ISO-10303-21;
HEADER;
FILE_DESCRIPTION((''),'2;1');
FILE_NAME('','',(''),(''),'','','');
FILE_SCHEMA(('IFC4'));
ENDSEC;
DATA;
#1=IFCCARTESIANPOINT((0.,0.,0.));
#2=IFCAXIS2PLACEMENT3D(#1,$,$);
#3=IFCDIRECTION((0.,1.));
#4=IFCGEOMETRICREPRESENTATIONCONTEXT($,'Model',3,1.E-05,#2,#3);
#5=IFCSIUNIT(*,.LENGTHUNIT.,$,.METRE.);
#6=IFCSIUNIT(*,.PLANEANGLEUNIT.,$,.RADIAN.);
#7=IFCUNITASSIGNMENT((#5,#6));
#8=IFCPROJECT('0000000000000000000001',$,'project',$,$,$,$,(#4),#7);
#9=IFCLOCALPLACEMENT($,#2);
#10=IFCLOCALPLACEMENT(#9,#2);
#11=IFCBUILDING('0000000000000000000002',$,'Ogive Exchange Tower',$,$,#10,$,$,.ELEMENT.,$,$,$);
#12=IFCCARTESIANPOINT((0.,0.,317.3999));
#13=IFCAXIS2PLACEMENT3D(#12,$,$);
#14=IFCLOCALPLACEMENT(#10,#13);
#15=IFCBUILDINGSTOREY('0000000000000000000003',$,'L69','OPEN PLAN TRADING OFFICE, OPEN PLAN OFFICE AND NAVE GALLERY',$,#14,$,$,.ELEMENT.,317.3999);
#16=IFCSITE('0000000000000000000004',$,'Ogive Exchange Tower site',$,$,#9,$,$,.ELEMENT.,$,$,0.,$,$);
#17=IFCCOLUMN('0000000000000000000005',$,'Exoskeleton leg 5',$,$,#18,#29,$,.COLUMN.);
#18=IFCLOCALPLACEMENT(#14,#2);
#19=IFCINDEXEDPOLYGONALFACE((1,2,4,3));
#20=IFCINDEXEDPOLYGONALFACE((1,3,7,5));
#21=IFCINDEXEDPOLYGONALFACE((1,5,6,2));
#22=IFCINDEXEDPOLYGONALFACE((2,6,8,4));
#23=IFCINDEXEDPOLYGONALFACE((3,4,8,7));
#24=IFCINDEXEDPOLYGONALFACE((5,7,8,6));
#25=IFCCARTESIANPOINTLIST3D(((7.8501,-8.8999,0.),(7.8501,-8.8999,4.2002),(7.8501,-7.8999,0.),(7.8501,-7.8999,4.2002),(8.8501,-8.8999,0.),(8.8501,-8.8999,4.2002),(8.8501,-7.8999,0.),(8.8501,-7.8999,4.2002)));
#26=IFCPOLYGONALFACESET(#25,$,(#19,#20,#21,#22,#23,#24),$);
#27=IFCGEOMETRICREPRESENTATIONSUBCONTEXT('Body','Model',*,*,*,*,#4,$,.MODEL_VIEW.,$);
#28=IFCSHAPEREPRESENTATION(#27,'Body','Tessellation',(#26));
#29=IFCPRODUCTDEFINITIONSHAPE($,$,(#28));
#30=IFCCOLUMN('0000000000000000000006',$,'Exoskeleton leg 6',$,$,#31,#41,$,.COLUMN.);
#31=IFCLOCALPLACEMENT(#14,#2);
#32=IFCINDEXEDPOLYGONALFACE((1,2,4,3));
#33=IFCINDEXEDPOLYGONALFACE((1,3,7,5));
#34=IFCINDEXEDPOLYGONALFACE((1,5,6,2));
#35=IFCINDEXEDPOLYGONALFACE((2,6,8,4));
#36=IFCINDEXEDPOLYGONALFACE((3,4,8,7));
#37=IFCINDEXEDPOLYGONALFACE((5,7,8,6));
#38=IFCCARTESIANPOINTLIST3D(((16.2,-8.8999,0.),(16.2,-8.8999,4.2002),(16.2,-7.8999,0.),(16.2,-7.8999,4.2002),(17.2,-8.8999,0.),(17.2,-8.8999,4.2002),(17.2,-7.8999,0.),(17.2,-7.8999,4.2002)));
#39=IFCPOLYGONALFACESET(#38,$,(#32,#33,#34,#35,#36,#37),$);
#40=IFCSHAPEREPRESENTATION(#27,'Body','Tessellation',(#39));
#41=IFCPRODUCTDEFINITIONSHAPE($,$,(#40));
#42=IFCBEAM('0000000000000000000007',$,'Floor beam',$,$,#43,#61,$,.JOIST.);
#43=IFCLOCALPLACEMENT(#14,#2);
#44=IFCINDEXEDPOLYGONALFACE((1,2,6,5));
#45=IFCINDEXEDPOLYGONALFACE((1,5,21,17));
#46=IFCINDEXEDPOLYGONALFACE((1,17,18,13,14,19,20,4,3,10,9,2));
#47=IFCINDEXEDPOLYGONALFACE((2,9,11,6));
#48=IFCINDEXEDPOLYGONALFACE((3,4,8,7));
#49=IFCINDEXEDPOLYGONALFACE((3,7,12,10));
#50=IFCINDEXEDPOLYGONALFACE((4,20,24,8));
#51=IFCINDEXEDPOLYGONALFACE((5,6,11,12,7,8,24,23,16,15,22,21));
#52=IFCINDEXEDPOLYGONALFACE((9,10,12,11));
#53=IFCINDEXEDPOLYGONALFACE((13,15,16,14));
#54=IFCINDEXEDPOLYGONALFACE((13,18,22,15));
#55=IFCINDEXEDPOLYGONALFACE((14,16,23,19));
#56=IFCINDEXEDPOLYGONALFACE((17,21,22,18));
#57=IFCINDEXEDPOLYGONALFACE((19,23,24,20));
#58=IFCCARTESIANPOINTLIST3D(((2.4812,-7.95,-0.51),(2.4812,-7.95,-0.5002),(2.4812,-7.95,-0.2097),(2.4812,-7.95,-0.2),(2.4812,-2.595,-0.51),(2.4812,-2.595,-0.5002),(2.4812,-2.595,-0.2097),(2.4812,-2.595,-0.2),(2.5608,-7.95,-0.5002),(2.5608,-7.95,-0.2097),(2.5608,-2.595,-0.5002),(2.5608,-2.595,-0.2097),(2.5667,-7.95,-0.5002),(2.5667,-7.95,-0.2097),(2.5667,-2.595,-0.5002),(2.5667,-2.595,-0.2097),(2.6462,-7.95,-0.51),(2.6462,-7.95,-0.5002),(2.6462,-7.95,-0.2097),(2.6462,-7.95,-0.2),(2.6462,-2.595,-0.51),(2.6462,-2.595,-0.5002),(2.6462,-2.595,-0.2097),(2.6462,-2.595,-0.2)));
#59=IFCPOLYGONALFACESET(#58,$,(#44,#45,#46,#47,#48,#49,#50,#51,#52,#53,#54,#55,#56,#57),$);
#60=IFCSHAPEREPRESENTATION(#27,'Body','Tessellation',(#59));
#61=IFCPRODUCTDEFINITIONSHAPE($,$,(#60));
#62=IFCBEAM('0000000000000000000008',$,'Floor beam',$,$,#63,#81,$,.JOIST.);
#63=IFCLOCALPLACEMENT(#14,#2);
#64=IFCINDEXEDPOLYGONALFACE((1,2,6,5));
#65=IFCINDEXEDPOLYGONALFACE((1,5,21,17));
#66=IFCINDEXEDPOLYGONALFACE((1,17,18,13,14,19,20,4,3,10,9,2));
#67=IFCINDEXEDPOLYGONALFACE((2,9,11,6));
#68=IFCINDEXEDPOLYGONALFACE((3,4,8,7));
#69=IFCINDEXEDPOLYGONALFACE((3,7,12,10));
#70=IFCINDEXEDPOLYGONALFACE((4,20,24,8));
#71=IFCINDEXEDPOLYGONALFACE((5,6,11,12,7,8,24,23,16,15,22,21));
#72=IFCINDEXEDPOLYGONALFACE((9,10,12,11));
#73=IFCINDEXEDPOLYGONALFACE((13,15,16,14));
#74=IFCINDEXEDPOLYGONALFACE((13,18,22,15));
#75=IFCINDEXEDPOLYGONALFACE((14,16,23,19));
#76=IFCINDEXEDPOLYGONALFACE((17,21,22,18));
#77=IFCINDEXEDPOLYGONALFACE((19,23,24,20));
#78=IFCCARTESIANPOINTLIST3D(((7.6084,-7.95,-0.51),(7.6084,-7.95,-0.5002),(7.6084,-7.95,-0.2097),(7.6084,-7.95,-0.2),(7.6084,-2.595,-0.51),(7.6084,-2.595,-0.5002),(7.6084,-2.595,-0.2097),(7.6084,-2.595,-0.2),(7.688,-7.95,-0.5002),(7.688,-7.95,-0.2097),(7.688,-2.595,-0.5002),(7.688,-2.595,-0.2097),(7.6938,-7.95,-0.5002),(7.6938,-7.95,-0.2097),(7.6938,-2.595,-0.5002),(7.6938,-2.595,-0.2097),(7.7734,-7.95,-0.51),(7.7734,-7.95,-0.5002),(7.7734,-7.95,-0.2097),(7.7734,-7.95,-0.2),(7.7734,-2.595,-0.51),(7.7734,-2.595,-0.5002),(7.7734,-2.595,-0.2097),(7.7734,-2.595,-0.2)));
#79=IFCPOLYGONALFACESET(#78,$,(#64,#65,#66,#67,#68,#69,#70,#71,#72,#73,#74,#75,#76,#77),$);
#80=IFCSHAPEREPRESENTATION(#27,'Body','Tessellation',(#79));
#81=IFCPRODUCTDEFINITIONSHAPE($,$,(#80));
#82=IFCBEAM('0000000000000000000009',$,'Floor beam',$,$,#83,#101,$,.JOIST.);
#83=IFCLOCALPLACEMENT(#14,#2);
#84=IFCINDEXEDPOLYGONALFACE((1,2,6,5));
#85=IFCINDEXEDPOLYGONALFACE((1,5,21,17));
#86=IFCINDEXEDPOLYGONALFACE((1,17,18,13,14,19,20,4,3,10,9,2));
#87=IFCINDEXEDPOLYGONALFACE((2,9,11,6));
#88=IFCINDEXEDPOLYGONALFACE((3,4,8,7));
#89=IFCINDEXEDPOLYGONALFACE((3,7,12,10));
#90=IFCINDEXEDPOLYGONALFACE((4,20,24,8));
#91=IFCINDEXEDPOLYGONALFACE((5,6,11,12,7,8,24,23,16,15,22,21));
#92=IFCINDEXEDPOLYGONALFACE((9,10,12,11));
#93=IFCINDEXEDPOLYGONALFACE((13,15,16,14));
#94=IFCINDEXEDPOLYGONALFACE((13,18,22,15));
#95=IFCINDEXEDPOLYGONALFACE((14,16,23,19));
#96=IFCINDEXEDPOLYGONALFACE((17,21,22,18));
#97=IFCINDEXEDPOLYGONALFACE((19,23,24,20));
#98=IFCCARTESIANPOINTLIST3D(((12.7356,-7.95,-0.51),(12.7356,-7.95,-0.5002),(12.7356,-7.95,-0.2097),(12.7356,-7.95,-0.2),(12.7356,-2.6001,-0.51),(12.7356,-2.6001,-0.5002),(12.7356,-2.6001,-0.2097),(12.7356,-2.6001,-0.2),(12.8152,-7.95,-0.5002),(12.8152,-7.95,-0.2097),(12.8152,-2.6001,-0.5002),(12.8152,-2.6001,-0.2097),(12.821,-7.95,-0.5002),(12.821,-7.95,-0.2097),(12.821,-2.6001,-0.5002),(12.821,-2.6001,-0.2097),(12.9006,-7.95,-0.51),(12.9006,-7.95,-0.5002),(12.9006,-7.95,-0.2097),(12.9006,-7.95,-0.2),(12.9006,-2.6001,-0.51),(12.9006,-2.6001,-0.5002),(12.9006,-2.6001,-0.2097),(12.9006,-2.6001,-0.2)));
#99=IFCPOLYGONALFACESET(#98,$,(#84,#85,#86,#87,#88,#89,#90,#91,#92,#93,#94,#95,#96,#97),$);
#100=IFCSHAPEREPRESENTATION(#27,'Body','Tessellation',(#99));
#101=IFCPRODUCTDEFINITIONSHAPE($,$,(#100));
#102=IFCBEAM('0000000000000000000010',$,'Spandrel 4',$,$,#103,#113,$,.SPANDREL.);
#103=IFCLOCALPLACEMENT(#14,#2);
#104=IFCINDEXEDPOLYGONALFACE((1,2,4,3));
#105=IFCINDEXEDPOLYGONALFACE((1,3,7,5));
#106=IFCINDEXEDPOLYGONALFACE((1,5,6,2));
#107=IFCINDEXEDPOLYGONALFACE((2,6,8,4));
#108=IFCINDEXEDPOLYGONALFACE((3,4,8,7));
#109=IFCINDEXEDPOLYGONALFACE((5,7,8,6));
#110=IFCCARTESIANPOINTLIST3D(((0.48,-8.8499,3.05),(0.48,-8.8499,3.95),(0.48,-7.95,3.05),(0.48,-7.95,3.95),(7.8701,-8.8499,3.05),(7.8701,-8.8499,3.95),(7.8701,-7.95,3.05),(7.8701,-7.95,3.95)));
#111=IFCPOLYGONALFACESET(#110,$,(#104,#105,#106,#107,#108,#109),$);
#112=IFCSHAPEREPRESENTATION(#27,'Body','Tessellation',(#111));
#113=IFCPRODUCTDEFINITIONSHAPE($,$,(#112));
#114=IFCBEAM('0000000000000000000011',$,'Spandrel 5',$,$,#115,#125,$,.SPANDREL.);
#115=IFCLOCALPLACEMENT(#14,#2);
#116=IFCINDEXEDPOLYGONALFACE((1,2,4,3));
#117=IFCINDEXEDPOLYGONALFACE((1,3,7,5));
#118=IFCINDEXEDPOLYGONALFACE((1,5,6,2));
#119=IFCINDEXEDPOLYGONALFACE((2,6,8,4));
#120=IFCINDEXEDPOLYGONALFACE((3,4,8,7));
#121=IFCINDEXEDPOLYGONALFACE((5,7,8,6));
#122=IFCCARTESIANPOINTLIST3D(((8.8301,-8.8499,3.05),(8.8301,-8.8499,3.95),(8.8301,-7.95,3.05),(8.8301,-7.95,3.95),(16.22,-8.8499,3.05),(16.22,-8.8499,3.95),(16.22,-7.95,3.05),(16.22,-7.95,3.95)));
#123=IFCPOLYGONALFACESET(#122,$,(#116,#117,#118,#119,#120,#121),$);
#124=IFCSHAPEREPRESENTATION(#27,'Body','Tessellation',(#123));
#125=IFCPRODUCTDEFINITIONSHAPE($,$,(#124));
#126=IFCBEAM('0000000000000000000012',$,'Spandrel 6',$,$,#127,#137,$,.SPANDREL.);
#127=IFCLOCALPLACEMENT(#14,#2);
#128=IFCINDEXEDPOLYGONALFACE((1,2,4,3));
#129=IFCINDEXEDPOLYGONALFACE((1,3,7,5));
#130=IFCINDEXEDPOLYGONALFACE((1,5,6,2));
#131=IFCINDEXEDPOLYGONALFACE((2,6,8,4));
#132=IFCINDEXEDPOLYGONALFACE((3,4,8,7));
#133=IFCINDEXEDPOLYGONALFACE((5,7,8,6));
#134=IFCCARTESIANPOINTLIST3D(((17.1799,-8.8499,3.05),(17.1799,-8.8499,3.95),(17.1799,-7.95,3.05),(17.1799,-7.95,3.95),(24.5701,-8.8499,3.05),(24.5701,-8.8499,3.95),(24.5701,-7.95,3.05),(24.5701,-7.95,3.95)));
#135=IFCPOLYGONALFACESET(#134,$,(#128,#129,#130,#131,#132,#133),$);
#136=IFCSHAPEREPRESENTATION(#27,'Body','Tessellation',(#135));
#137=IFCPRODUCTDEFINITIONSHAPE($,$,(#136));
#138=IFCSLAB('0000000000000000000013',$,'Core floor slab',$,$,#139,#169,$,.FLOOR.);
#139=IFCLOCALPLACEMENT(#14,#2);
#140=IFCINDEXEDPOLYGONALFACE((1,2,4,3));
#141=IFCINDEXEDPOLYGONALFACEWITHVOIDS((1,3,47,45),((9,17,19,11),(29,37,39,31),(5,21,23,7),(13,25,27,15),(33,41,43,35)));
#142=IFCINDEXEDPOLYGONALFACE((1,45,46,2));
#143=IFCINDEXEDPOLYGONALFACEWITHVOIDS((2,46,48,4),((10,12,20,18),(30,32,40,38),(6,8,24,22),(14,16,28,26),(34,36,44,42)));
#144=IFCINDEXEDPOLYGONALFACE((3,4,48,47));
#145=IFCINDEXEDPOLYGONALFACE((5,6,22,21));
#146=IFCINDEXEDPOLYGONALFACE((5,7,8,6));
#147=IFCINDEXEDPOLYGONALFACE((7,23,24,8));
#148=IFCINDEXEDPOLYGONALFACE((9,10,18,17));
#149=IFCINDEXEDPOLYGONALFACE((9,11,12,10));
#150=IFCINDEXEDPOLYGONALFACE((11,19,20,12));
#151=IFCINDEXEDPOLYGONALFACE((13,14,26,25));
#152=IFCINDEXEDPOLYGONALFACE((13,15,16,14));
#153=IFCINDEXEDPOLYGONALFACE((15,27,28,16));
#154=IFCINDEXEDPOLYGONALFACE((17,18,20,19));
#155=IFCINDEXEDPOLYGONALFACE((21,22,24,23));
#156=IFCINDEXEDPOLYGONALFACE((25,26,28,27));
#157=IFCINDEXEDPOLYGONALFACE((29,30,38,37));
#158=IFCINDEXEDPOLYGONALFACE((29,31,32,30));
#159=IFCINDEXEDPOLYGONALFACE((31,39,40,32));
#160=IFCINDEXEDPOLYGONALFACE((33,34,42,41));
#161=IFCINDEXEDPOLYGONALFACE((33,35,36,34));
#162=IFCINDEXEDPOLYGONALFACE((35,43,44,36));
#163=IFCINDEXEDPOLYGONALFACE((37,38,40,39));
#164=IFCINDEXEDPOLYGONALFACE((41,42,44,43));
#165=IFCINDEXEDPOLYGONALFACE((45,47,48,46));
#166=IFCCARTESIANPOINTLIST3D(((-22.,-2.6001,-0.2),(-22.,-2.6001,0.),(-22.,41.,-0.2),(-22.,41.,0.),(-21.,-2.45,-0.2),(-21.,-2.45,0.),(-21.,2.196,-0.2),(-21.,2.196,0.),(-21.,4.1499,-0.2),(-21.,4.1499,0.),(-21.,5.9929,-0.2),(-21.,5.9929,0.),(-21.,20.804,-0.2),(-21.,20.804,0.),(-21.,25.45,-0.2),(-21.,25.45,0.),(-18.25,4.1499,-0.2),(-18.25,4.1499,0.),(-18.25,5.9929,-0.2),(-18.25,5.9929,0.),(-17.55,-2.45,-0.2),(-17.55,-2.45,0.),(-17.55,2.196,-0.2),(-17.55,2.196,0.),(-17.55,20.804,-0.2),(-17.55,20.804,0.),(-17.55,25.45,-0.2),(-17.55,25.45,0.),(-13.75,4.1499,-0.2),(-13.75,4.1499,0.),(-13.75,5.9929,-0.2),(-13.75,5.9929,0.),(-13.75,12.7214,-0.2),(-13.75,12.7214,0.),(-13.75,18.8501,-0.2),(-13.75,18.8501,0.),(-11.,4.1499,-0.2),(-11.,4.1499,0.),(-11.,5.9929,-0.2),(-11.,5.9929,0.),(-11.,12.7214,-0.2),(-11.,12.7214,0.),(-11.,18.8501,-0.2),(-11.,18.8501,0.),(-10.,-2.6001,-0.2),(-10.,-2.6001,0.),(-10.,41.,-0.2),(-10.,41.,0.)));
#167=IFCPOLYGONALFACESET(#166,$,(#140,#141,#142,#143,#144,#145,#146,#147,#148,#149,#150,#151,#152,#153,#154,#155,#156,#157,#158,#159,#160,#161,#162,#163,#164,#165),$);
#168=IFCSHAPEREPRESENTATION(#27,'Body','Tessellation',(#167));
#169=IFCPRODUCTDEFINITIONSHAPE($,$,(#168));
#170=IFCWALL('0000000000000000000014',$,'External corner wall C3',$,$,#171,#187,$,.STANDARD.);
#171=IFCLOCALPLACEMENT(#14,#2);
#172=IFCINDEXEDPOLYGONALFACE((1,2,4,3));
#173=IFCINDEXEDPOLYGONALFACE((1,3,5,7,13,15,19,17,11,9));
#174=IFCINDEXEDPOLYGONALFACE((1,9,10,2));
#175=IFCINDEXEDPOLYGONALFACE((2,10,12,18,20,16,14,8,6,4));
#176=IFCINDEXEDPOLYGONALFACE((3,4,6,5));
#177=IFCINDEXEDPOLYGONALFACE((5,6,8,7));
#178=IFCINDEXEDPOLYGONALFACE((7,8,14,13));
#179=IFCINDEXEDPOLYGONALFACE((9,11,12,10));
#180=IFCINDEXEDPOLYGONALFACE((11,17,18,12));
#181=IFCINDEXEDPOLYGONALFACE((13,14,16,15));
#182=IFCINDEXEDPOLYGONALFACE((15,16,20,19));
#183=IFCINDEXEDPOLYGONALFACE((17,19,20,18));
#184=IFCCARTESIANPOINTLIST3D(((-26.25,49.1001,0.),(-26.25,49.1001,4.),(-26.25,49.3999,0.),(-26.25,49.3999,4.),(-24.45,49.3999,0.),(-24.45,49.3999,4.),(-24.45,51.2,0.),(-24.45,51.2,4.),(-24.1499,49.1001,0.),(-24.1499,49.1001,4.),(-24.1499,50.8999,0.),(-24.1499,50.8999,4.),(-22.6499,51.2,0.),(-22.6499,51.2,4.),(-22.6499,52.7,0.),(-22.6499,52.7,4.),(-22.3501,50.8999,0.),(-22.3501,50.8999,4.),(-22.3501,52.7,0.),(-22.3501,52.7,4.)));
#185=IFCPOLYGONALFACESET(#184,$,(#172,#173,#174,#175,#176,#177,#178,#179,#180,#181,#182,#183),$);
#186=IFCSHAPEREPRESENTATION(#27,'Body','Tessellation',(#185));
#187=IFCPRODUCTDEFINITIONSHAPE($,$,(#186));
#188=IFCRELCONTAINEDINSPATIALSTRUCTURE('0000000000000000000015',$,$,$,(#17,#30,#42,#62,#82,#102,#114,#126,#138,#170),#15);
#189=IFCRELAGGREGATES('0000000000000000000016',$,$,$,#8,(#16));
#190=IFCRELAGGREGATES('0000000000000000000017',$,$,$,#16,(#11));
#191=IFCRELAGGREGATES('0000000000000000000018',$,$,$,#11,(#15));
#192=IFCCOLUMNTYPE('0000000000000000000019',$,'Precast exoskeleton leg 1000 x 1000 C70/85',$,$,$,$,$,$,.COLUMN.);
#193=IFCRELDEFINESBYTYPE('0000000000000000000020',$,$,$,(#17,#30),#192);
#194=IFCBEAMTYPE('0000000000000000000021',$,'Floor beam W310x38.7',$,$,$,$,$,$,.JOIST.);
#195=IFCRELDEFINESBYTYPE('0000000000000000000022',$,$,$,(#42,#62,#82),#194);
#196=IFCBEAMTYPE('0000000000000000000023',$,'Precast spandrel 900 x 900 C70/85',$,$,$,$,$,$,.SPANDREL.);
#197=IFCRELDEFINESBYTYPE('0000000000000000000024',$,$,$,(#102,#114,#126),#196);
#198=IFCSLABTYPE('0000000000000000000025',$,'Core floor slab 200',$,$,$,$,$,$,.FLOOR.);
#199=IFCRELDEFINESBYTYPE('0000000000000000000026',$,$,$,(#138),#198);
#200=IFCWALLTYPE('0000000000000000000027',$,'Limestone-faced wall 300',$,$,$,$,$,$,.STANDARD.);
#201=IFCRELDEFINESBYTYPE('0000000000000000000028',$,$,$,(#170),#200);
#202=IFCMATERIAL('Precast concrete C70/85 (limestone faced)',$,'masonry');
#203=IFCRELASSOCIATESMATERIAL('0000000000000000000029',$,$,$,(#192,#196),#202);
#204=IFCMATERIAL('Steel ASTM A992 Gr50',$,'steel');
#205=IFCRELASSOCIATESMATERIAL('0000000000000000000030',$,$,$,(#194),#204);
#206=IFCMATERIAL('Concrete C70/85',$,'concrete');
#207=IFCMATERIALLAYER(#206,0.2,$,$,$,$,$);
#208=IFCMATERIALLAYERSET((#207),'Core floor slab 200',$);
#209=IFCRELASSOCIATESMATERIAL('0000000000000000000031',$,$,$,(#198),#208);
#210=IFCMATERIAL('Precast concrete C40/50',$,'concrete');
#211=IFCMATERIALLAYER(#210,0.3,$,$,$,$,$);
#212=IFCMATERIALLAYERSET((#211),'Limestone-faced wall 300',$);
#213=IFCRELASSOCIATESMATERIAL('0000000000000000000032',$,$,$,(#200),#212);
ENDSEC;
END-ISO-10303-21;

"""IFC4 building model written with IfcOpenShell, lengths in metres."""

from ifc_helpers import new_model, si_unit, direction, frame, origin, origin_2d, place, context, subcontext, project, spatial, polyline, rectangle, i_section, outline, extrude, material, layer, layer_set, material_profile, profile_set, type_object, element, save


model = new_model("IFC4")

# Units and contexts
model_context = context("Model", 3, precision=1e-05, world=origin(), true_north=direction((0.0, 1.0)))
body_context = subcontext(model_context, "Body", "Model", "MODEL_VIEW")
ifc_project = project(units=[si_unit("LENGTHUNIT", "METRE"), si_unit("PLANEANGLEUNIT", "RADIAN")], contexts=[model_context])

# Site, building, storey
site_placement = place(None, origin())
site = spatial("IfcSite", under=ifc_project, at=site_placement, Name="Ogive Exchange Tower site", CompositionType="ELEMENT", RefElevation=0.0)
building_placement = place(site_placement, origin())
building = spatial("IfcBuilding", under=site, at=building_placement, Name="Ogive Exchange Tower", CompositionType="ELEMENT")
storey_placement = place(building_placement, frame((0.0, 0.0, 317.3999)))
storey = spatial("IfcBuildingStorey", under=building, at=storey_placement, Name="L69", Description="OPEN PLAN TRADING OFFICE, OPEN PLAN OFFICE AND NAVE GALLERY", CompositionType="ELEMENT", Elevation=317.3999)

# Columns
ifc_material_1 = material(Name="Precast concrete C70/85 (limestone faced)", Category="masonry")
ifc_material_profile_1 = material_profile(ifc_material_1, rectangle(XDim=1.0, YDim=1.0, at=origin_2d()), Name="1000 x 1000")
ifc_profile_set_1 = profile_set([ifc_material_profile_1], Name="Precast concrete C70/85 (limestone faced)")
column_type = type_object("IfcColumnType", Name="Precast exoskeleton leg 1000 x 1000 C70/85", PredefinedType="COLUMN", material=ifc_profile_set_1)
for number, where, z_axis, x_axis, name in (
    (1, (8.3501, -8.3999, 0.0), (0.0, 0.0, 1.0), (1.0, 0.0, 0.0), "Exoskeleton leg 5"),
    (2, (16.7, -8.3999, 0.0), (0.0, 0.0, 1.0), (1.0, 0.0, 0.0), "Exoskeleton leg 6"),
):
    element("IfcColumn", number, at=place(storey_placement, frame(where, z_axis=z_axis, x_axis=x_axis)), inside=storey, type_object=column_type, Name=name, PredefinedType="COLUMN", context=body_context, shape_type="SweptSolid", body=[
        extrude(rectangle(XDim=1.0, YDim=1.0, at=origin_2d()), origin(), (0.0, 0.0, 1.0), 4.2002),
    ])

# Beams
ifc_material_2 = material(Name="Steel ASTM A992 Gr50", Category="steel")
ifc_material_profile_2 = material_profile(ifc_material_2, i_section(OverallWidth=0.165, OverallDepth=0.3101, WebThickness=0.0059, FlangeThickness=0.0098, at=origin_2d()), Name="W310x38.7")
ifc_profile_set_2 = profile_set([ifc_material_profile_2], Name="Steel ASTM A992 Gr50")
beam_type_1 = type_object("IfcBeamType", Name="Floor beam W310x38.7", PredefinedType="JOIST", material=ifc_profile_set_2)
for number, where, z_axis, x_axis, name in (
    (3, (2.5637, -7.95, -0.355), (0.0, 1.0, 0.0), (-1.0, 0.0, 0.0), "Floor beam"),
    (4, (7.6909, -7.95, -0.355), (0.0, 1.0, 0.0), (-1.0, 0.0, 0.0), "Floor beam"),
):
    element("IfcBeam", number, at=place(storey_placement, frame(where, z_axis=z_axis, x_axis=x_axis)), inside=storey, type_object=beam_type_1, Name=name, PredefinedType="JOIST", context=body_context, shape_type="SweptSolid", body=[
        extrude(i_section(OverallWidth=0.165, OverallDepth=0.3101, WebThickness=0.0059, FlangeThickness=0.0098, at=origin_2d()), origin(), (0.0, 0.0, 1.0), 5.355),
    ])
beam_1_placement = place(storey_placement, frame((12.8181, -7.95, -0.355), z_axis=(0.0, 1.0, 0.0), x_axis=(-1.0, 0.0, 0.0)))
element("IfcBeam", 5, at=beam_1_placement, inside=storey, type_object=beam_type_1, Name="Floor beam", PredefinedType="JOIST", context=body_context, shape_type="SweptSolid", body=[
    extrude(i_section(OverallWidth=0.165, OverallDepth=0.3101, WebThickness=0.0059, FlangeThickness=0.0098, at=origin_2d()), origin(), (0.0, 0.0, 1.0), 5.3499),
])
ifc_material_profile_3 = material_profile(ifc_material_1, rectangle(XDim=0.8999, YDim=0.8999, at=origin_2d()), Name="900 x 900")
ifc_profile_set_3 = profile_set([ifc_material_profile_3], Name="Precast concrete C70/85 (limestone faced)")
beam_type_2 = type_object("IfcBeamType", Name="Precast spandrel 900 x 900 C70/85", PredefinedType="SPANDREL", material=ifc_profile_set_3)
beam_2_placement = place(storey_placement, frame((0.48, -8.3999, 3.5), z_axis=(1.0, 0.0, 0.0), x_axis=(0.0, 1.0, 0.0)))
element("IfcBeam", 6, at=beam_2_placement, inside=storey, type_object=beam_type_2, Name="Spandrel 4", PredefinedType="SPANDREL", context=body_context, shape_type="SweptSolid", body=[
    extrude(rectangle(XDim=0.8999, YDim=0.8999, at=origin_2d()), origin(), (0.0, 0.0, 1.0), 7.3901),
])
beam_3_placement = place(storey_placement, frame((8.8301, -8.3999, 3.5), z_axis=(1.0, 0.0, 0.0), x_axis=(0.0, 1.0, 0.0)))
element("IfcBeam", 7, at=beam_3_placement, inside=storey, type_object=beam_type_2, Name="Spandrel 5", PredefinedType="SPANDREL", context=body_context, shape_type="SweptSolid", body=[
    extrude(rectangle(XDim=0.8999, YDim=0.8999, at=origin_2d()), origin(), (0.0, 0.0, 1.0), 7.3899),
])
beam_4_placement = place(storey_placement, frame((17.1799, -8.3999, 3.5), z_axis=(1.0, 0.0, 0.0), x_axis=(0.0, 1.0, 0.0)))
element("IfcBeam", 8, at=beam_4_placement, inside=storey, type_object=beam_type_2, Name="Spandrel 6", PredefinedType="SPANDREL", context=body_context, shape_type="SweptSolid", body=[
    extrude(rectangle(XDim=0.8999, YDim=0.8999, at=origin_2d()), origin(), (0.0, 0.0, 1.0), 7.3901),
])

# Slab
ifc_material_3 = material(Name="Concrete C70/85", Category="concrete")
ifc_layer_1 = layer(ifc_material_3, 0.2)
ifc_layer_set_1 = layer_set([ifc_layer_1], Name="Core floor slab 200")
slab_type = type_object("IfcSlabType", Name="Core floor slab 200", PredefinedType="FLOOR", material=ifc_layer_set_1)
slab_placement = place(storey_placement, frame((0.0, 0.0, -0.2)))
element("IfcSlab", 9, at=slab_placement, inside=storey, type_object=slab_type, Name="Core floor slab", PredefinedType="FLOOR", context=body_context, shape_type="SweptSolid", body=[
    extrude(outline(polyline([(-22.0, -2.6001), (-22.0, 41.0), (-10.0, 41.0), (-10.0, -2.6001), (-22.0, -2.6001)]), holes=[polyline([(-17.55, 2.196), (-21.0, 2.196), (-21.0, -2.45), (-17.55, -2.45), (-17.55, 2.196)]), polyline([(-21.0, 5.9929), (-21.0, 4.1499), (-18.25, 4.1499), (-18.25, 5.9929), (-21.0, 5.9929)]), polyline([(-13.75, 5.9929), (-13.75, 4.1499), (-11.0, 4.1499), (-11.0, 5.9929), (-13.75, 5.9929)]), polyline([(-11.0, 18.8501), (-13.75, 18.8501), (-13.75, 12.7214), (-11.0, 12.7214), (-11.0, 18.8501)]), polyline([(-21.0, 25.45), (-21.0, 20.804), (-17.55, 20.804), (-17.55, 25.45), (-21.0, 25.45)])]), origin(), (0.0, 0.0, 1.0), 0.2),
])

# Wall
ifc_material_4 = material(Name="Precast concrete C40/50", Category="concrete")
ifc_layer_2 = layer(ifc_material_4, 0.3)
ifc_layer_set_2 = layer_set([ifc_layer_2], Name="Limestone-faced wall 300")
wall_type_1 = type_object("IfcWallType", Name="Limestone-faced wall 300", PredefinedType="STANDARD", material=ifc_layer_set_2)
wall_1_placement = place(storey_placement, origin())
element("IfcWall", 10, at=wall_1_placement, inside=storey, type_object=wall_type_1, Name="External corner wall C3", PredefinedType="STANDARD", context=body_context, shape_type="SweptSolid", body=[
    extrude(outline(polyline([(-24.45, 49.3999), (-24.45, 51.2), (-22.6499, 51.2), (-22.6499, 52.7), (-22.3501, 52.7), (-22.3501, 50.8999), (-24.1499, 50.8999), (-24.1499, 49.1001), (-26.25, 49.1001), (-26.25, 49.3999), (-24.45, 49.3999)])), origin(), (0.0, 0.0, 1.0), 4.0),
])

save(model, "model.ifc")
